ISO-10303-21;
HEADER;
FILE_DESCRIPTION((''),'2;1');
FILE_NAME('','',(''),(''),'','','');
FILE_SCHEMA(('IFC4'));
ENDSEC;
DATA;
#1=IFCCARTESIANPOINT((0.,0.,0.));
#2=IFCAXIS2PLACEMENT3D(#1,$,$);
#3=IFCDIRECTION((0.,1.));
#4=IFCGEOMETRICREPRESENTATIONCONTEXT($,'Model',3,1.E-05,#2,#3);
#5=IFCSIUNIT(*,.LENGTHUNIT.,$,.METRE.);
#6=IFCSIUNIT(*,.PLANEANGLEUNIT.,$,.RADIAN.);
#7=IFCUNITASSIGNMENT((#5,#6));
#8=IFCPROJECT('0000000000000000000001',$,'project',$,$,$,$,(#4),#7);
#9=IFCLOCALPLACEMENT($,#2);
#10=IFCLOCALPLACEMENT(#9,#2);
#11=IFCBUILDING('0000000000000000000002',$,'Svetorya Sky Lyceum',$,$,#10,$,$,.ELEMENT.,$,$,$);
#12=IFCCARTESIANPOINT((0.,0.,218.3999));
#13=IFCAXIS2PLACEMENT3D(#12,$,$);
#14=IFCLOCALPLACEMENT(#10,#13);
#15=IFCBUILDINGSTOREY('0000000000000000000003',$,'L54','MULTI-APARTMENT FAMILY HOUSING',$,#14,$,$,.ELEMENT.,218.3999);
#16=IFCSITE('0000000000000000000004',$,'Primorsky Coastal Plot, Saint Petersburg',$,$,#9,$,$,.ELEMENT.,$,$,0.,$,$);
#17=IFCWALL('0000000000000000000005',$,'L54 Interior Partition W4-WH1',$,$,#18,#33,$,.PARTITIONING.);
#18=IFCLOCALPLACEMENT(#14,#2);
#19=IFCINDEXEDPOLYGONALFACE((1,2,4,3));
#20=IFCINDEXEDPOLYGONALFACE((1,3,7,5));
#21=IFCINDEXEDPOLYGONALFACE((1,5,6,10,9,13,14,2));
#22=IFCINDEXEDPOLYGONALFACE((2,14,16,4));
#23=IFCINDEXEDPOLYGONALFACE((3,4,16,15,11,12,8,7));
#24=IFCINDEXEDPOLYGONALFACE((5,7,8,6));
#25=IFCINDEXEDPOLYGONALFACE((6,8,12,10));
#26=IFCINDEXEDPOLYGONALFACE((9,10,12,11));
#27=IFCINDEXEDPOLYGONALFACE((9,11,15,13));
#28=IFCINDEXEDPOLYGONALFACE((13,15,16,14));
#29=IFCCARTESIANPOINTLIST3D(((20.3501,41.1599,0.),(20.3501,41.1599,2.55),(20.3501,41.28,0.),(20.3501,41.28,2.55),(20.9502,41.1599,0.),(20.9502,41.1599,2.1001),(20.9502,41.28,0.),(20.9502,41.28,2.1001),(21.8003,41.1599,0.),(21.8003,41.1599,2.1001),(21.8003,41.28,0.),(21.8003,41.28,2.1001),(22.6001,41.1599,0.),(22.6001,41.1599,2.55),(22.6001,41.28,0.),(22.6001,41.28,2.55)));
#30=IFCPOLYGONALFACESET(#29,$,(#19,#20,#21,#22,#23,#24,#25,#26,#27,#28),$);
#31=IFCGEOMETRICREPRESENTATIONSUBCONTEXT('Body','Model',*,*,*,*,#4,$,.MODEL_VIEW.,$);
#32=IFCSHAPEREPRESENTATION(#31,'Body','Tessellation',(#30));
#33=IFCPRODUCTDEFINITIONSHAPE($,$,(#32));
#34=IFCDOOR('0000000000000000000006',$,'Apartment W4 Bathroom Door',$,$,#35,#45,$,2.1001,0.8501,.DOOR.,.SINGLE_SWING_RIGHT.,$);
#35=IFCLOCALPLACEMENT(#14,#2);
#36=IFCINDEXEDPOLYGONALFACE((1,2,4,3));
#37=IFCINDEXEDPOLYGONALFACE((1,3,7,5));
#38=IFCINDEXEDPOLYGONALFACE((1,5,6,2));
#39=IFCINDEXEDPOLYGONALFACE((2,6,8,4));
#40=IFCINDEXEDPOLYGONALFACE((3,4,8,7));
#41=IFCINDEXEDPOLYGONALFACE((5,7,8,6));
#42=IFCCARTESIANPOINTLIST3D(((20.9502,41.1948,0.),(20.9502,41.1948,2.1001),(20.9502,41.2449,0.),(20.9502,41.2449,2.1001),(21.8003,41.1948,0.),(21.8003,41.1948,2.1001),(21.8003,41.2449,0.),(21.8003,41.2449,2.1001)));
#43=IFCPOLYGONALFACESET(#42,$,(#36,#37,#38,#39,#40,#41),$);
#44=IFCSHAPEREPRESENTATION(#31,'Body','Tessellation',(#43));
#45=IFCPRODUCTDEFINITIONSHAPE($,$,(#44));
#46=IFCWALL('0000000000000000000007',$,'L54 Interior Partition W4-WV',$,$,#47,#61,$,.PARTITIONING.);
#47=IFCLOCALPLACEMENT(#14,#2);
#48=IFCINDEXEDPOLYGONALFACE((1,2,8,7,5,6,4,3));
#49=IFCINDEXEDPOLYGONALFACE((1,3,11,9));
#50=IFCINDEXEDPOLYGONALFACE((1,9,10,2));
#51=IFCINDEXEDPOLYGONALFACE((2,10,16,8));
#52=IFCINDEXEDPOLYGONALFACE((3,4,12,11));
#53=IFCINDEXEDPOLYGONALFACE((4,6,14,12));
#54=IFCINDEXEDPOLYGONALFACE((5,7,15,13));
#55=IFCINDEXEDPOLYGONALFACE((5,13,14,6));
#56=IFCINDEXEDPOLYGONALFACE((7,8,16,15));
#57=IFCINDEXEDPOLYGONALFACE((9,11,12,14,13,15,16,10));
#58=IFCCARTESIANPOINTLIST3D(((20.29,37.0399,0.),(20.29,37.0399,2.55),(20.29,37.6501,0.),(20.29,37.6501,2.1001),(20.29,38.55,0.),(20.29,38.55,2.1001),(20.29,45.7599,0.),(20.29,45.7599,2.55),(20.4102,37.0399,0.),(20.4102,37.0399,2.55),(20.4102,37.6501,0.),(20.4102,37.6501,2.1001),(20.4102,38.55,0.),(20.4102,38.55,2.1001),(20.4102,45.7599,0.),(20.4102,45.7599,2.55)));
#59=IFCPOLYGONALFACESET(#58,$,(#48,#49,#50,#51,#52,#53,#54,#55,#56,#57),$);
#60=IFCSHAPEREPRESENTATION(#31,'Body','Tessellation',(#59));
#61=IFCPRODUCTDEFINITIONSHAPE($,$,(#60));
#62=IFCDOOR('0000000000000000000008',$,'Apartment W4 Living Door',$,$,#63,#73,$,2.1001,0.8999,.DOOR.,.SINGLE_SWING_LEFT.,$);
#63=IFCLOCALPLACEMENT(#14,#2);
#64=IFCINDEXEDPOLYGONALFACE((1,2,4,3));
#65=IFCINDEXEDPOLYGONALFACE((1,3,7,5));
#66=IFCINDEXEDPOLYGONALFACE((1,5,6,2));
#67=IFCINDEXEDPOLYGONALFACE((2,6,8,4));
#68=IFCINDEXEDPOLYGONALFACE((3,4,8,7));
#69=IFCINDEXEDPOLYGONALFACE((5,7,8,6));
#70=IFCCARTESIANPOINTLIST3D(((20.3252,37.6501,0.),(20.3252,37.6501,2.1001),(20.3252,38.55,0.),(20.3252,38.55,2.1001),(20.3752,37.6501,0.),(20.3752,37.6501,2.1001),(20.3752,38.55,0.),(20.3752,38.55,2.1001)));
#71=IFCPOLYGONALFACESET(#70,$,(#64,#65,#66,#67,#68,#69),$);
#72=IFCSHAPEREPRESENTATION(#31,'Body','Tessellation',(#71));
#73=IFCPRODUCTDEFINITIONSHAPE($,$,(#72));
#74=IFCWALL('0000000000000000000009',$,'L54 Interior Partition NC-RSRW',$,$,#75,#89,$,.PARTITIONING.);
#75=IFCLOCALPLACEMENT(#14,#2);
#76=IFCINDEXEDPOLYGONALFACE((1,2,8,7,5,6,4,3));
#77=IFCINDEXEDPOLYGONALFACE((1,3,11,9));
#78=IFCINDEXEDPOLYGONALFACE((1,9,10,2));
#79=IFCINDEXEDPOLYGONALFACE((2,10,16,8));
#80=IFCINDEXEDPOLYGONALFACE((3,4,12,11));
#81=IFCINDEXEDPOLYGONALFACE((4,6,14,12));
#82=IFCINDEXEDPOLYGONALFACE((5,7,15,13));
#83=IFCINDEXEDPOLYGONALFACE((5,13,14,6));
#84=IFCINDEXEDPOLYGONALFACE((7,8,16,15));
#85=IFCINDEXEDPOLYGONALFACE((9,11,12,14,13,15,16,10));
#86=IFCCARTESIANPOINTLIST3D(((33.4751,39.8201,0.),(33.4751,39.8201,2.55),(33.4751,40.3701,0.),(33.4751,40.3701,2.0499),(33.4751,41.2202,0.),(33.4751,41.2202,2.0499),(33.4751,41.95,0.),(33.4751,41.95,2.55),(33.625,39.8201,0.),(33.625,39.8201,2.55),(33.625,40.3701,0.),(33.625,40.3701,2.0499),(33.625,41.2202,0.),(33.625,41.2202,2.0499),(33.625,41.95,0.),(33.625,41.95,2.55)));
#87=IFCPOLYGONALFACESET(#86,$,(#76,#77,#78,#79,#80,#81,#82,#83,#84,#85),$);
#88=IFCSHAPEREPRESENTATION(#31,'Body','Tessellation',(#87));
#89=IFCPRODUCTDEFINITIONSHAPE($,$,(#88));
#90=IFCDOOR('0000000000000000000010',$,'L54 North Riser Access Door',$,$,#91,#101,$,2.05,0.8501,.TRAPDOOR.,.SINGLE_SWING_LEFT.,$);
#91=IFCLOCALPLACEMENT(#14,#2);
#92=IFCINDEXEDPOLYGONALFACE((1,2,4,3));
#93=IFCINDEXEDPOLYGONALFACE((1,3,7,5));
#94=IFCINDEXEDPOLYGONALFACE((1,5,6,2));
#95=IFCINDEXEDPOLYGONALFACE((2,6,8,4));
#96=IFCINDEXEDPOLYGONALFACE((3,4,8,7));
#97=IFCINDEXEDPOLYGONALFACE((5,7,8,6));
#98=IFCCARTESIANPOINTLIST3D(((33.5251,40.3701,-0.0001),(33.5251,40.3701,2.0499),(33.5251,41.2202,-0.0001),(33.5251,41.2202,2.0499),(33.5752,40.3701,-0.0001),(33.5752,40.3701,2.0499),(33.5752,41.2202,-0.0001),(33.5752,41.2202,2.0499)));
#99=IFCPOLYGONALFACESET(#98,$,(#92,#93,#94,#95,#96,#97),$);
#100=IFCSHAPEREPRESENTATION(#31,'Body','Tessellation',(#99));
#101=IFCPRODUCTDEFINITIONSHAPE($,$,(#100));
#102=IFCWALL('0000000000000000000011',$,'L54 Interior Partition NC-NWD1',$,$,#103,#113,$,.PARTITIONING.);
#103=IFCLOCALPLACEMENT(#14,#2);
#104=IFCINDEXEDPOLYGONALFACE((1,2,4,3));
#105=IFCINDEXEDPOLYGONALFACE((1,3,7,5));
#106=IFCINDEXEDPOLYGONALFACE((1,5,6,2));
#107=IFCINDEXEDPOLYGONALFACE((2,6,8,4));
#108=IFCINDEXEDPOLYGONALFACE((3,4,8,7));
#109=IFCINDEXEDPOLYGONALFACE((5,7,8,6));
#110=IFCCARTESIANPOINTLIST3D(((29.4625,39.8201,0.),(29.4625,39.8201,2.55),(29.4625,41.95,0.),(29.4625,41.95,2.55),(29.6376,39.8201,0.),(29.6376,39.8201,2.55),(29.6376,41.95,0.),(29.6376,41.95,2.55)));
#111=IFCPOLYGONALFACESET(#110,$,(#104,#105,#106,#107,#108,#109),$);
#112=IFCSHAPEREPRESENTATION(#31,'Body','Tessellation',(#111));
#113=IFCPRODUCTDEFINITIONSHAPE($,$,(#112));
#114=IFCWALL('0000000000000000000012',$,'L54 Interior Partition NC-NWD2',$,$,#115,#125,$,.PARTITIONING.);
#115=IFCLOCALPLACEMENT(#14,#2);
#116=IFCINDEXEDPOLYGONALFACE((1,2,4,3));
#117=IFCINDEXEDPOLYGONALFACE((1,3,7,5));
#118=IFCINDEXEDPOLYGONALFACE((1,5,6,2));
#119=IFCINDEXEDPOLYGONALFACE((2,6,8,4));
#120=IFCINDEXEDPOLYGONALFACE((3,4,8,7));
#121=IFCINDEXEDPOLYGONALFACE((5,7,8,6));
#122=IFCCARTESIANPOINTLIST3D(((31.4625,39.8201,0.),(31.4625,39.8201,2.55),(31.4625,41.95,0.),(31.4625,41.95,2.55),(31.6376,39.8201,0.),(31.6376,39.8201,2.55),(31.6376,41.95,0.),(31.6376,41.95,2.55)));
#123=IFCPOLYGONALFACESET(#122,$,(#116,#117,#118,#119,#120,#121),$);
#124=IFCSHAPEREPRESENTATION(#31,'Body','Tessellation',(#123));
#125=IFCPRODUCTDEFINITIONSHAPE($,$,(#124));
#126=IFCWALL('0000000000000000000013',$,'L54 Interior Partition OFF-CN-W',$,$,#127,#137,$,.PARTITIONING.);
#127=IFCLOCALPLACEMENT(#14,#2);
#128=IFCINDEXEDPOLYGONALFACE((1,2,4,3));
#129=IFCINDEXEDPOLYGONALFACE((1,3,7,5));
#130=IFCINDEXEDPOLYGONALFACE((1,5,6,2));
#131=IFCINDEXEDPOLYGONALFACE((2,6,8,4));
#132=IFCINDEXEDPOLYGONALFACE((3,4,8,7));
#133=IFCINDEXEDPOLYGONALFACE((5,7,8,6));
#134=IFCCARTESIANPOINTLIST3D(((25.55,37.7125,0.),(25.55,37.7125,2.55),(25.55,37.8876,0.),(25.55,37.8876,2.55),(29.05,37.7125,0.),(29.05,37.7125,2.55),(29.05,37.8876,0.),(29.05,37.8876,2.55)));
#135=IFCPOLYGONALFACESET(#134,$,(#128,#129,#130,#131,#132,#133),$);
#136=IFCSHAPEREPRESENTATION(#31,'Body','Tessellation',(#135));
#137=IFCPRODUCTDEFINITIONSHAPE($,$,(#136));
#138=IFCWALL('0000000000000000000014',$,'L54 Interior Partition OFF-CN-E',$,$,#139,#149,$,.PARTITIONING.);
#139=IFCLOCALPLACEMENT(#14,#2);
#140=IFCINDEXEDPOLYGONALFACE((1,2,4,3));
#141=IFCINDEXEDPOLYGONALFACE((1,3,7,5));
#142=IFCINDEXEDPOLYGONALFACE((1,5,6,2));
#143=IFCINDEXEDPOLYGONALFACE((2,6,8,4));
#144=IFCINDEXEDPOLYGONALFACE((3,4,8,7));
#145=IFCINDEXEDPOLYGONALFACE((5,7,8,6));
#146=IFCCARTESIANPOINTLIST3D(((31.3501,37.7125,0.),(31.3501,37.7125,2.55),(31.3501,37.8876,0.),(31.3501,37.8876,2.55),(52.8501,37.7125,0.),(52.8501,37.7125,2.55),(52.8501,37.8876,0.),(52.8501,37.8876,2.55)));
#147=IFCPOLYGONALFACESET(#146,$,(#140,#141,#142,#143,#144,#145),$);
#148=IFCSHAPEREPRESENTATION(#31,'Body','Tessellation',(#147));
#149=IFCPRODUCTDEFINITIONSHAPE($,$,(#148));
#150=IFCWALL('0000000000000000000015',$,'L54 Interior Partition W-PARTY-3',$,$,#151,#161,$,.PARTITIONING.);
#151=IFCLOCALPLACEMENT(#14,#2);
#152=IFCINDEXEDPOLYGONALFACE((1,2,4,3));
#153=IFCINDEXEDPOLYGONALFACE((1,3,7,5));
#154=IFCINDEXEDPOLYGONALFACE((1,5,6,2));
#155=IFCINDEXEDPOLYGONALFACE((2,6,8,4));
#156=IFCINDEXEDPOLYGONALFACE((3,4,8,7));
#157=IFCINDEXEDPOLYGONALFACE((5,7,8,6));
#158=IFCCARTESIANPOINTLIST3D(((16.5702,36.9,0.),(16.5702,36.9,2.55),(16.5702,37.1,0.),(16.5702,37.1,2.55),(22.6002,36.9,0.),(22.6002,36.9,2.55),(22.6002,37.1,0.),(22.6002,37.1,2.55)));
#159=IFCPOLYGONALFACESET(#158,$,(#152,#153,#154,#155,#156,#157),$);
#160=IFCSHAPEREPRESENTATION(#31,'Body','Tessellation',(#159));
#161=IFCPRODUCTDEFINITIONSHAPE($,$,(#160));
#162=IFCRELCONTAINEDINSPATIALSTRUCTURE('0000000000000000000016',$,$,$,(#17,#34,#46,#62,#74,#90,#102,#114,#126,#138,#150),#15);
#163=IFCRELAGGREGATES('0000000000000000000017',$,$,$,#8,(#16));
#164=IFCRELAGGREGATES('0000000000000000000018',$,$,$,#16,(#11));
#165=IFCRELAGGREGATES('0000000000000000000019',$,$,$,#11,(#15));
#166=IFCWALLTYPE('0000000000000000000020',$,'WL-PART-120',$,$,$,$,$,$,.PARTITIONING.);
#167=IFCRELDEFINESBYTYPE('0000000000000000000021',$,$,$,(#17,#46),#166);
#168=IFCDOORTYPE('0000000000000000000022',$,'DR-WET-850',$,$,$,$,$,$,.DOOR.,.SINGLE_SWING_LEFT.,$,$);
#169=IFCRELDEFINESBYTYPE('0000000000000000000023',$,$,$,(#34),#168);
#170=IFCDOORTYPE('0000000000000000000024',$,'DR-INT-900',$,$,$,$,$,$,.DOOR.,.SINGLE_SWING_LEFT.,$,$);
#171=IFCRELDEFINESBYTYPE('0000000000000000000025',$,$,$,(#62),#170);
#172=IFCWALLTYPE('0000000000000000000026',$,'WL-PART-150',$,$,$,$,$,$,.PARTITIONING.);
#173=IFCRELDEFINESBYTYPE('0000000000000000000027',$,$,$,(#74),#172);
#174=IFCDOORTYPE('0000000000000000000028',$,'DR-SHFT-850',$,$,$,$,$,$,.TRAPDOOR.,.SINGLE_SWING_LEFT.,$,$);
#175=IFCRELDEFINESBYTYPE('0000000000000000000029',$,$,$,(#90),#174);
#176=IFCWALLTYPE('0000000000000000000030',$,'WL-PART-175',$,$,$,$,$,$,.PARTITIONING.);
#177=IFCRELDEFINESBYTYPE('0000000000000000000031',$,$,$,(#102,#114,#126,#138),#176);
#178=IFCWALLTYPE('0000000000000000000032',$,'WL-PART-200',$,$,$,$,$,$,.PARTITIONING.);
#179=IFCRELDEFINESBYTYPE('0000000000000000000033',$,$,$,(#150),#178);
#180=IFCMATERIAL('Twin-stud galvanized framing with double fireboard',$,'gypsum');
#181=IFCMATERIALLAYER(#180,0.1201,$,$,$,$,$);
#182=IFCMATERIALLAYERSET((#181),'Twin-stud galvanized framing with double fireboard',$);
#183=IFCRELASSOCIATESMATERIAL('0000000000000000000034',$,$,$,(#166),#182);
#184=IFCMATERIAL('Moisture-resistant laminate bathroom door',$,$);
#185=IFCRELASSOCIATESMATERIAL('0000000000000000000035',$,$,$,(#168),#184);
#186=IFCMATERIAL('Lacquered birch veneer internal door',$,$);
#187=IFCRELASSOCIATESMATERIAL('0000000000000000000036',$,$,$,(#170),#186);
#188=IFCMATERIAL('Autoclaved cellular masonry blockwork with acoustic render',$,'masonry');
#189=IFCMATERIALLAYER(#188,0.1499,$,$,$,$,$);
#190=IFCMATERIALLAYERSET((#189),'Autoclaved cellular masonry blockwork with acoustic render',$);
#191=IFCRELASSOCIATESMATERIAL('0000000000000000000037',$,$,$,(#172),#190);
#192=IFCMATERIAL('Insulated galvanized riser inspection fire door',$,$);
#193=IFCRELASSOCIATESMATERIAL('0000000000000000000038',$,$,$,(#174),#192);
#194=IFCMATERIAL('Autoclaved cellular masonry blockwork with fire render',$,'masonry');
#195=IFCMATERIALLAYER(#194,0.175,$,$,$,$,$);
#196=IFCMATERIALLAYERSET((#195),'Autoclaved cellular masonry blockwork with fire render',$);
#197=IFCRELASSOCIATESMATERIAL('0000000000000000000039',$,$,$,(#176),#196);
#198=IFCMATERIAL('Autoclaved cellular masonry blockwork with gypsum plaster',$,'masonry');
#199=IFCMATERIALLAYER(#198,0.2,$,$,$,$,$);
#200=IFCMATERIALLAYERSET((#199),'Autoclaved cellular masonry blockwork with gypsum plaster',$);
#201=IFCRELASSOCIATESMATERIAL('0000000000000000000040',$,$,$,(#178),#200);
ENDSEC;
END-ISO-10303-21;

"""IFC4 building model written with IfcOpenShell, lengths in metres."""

from ifc_helpers import new_model, si_unit, direction, frame, frame_2d, origin, place, context, subcontext, project, spatial, rectangle, extrude, material, layer, layer_set, type_object, element, fill, save


model = new_model("IFC4")

# Units and contexts
model_context = context("Model", 3, precision=1e-05, world=origin(), true_north=direction((0.0, 1.0)))
body_context = subcontext(model_context, "Body", "Model", "MODEL_VIEW")
ifc_project = project(units=[si_unit("LENGTHUNIT", "METRE"), si_unit("PLANEANGLEUNIT", "RADIAN")], contexts=[model_context])

# Site, building, storey
site_placement = place(None, origin())
site = spatial("IfcSite", under=ifc_project, at=site_placement, Name="Primorsky Coastal Plot, Saint Petersburg", CompositionType="ELEMENT", RefElevation=0.0)
building_placement = place(site_placement, origin())
building = spatial("IfcBuilding", under=site, at=building_placement, Name="Svetorya Sky Lyceum", CompositionType="ELEMENT")
storey_placement = place(building_placement, frame((0.0, 0.0, 218.3999)))
storey = spatial("IfcBuildingStorey", under=building, at=storey_placement, Name="L54", Description="MULTI-APARTMENT FAMILY HOUSING", CompositionType="ELEMENT", Elevation=218.3999)

# Walls, openings, doors
ifc_material_1 = material(Name="Twin-stud galvanized framing with double fireboard", Category="gypsum")
ifc_layer_1 = layer(ifc_material_1, 0.1201)
ifc_layer_set_1 = layer_set([ifc_layer_1], Name="Twin-stud galvanized framing with double fireboard")
wall_type_1 = type_object("IfcWallType", Name="WL-PART-120", PredefinedType="PARTITIONING", material=ifc_layer_set_1)
wall_1_placement = place(storey_placement, frame((20.3501, 41.22, 0.0), z_axis=(0.0, 0.0, 1.0), x_axis=(1.0, 0.0, 0.0)))
wall_1 = element("IfcWall", 1, at=wall_1_placement, inside=storey, type_object=wall_type_1, Name="L54 Interior Partition W4-WH1", PredefinedType="PARTITIONING", context=body_context, shape_type="SweptSolid", body=[
    extrude(rectangle(XDim=2.25, YDim=0.1201, at=frame_2d((1.125, 0.0))), origin(), (0.0, 0.0, 1.0), 2.55),
])
opening_1_placement = place(wall_1_placement, frame((0.6001, 0.0, 0.0)))
opening_1 = element("IfcOpeningElement", 2, at=opening_1_placement, cuts=wall_1, PredefinedType="OPENING", context=body_context, shape_type="SweptSolid", body=[
    extrude(rectangle(XDim=0.8501, YDim=2.1001, at=frame_2d((0.425, 1.05))), frame((0.0, 0.0701, 0.0), z_axis=(0.0, -1.0, 0.0), x_axis=(1.0, 0.0, 0.0)), (0.0, 0.0, 1.0), 0.1401),
])
ifc_material_2 = material(Name="Moisture-resistant laminate bathroom door")
door_type_1 = type_object("IfcDoorType", Name="DR-WET-850", OperationType="SINGLE_SWING_LEFT", PredefinedType="DOOR", material=ifc_material_2)
door_1_placement = place(opening_1_placement, origin())
door_1 = element("IfcDoor", 3, at=door_1_placement, inside=storey, type_object=door_type_1, Name="Apartment W4 Bathroom Door", OperationType="SINGLE_SWING_RIGHT", OverallHeight=2.1001, OverallWidth=0.8501, PredefinedType="DOOR", context=body_context, shape_type="SweptSolid", body=[
    extrude(rectangle(XDim=0.8501, YDim=2.1001, at=frame_2d((0.425, 1.05))), frame((0.0, 0.0249, 0.0), z_axis=(0.0, -1.0, 0.0), x_axis=(1.0, 0.0, 0.0)), (0.0, 0.0, 1.0), 0.05),
])
fill(opening_1, door_1)
wall_2_placement = place(storey_placement, frame((20.3501, 37.04, 0.0), z_axis=(0.0, 0.0, 1.0), x_axis=(0.0, 1.0, 0.0)))
wall_2 = element("IfcWall", 4, at=wall_2_placement, inside=storey, type_object=wall_type_1, Name="L54 Interior Partition W4-WV", PredefinedType="PARTITIONING", context=body_context, shape_type="SweptSolid", body=[
    extrude(rectangle(XDim=8.72, YDim=0.1201, at=frame_2d((4.3599, 0.0))), origin(), (0.0, 0.0, 1.0), 2.55),
])
opening_2_placement = place(wall_2_placement, frame((0.6101, 0.0, 0.0)))
opening_2 = element("IfcOpeningElement", 5, at=opening_2_placement, cuts=wall_2, PredefinedType="OPENING", context=body_context, shape_type="SweptSolid", body=[
    extrude(rectangle(XDim=0.8999, YDim=2.1001, at=frame_2d((0.45, 1.05))), frame((0.0, 0.0701, 0.0), z_axis=(0.0, -1.0, 0.0), x_axis=(1.0, 0.0, 0.0)), (0.0, 0.0, 1.0), 0.1401),
])
ifc_material_3 = material(Name="Lacquered birch veneer internal door")
door_type_2 = type_object("IfcDoorType", Name="DR-INT-900", OperationType="SINGLE_SWING_LEFT", PredefinedType="DOOR", material=ifc_material_3)
door_2_placement = place(opening_2_placement, origin())
door_2 = element("IfcDoor", 6, at=door_2_placement, inside=storey, type_object=door_type_2, Name="Apartment W4 Living Door", OperationType="SINGLE_SWING_LEFT", OverallHeight=2.1001, OverallWidth=0.8999, PredefinedType="DOOR", context=body_context, shape_type="SweptSolid", body=[
    extrude(rectangle(XDim=0.8999, YDim=2.1001, at=frame_2d((0.45, 1.05))), frame((0.0, 0.0249, 0.0), z_axis=(0.0, -1.0, 0.0), x_axis=(1.0, 0.0, 0.0)), (0.0, 0.0, 1.0), 0.05),
])
fill(opening_2, door_2)
ifc_material_4 = material(Name="Autoclaved cellular masonry blockwork with acoustic render", Category="masonry")
ifc_layer_2 = layer(ifc_material_4, 0.1499)
ifc_layer_set_2 = layer_set([ifc_layer_2], Name="Autoclaved cellular masonry blockwork with acoustic render")
wall_type_2 = type_object("IfcWallType", Name="WL-PART-150", PredefinedType="PARTITIONING", material=ifc_layer_set_2)
wall_3_placement = place(storey_placement, frame((33.55, 39.8201, 0.0), z_axis=(0.0, 0.0, 1.0), x_axis=(0.0, 1.0, 0.0)))
wall_3 = element("IfcWall", 7, at=wall_3_placement, inside=storey, type_object=wall_type_2, Name="L54 Interior Partition NC-RSRW", PredefinedType="PARTITIONING", context=body_context, shape_type="SweptSolid", body=[
    extrude(rectangle(XDim=2.1299, YDim=0.1499, at=frame_2d((1.0649, 0.0))), origin(), (0.0, 0.0, 1.0), 2.55),
])
opening_3_placement = place(wall_3_placement, frame((0.55, 0.0, 0.0)))
opening_3 = element("IfcOpeningElement", 8, at=opening_3_placement, cuts=wall_3, PredefinedType="OPENING", context=body_context, shape_type="SweptSolid", body=[
    extrude(rectangle(XDim=0.8501, YDim=2.05, at=frame_2d((0.425, 1.0249))), frame((0.0, 0.085, 0.0), z_axis=(0.0, -1.0, 0.0), x_axis=(1.0, 0.0, 0.0)), (0.0, 0.0, 1.0), 0.1699),
])
ifc_material_5 = material(Name="Insulated galvanized riser inspection fire door")
door_type_3 = type_object("IfcDoorType", Name="DR-SHFT-850", OperationType="SINGLE_SWING_LEFT", PredefinedType="TRAPDOOR", material=ifc_material_5)
door_3_placement = place(opening_3_placement, origin())
door_3 = element("IfcDoor", 9, at=door_3_placement, inside=storey, type_object=door_type_3, Name="L54 North Riser Access Door", OperationType="SINGLE_SWING_LEFT", OverallHeight=2.05, OverallWidth=0.8501, PredefinedType="TRAPDOOR", context=body_context, shape_type="SweptSolid", body=[
    extrude(rectangle(XDim=0.8501, YDim=2.05, at=frame_2d((0.425, 1.0249))), frame((0.0, 0.0249, 0.0), z_axis=(0.0, -1.0, 0.0), x_axis=(1.0, 0.0, 0.0)), (0.0, 0.0, 1.0), 0.05),
])
fill(opening_3, door_3)

# Walls
ifc_material_6 = material(Name="Autoclaved cellular masonry blockwork with fire render", Category="masonry")
ifc_layer_3 = layer(ifc_material_6, 0.175)
ifc_layer_set_3 = layer_set([ifc_layer_3], Name="Autoclaved cellular masonry blockwork with fire render")
wall_type_3 = type_object("IfcWallType", Name="WL-PART-175", PredefinedType="PARTITIONING", material=ifc_layer_set_3)
for number, where, z_axis, x_axis, name in (
    (10, (29.55, 39.8201, 0.0), (0.0, 0.0, 1.0), (0.0, 1.0, 0.0), "L54 Interior Partition NC-NWD1"),
    (11, (31.55, 39.8201, 0.0), (0.0, 0.0, 1.0), (0.0, 1.0, 0.0), "L54 Interior Partition NC-NWD2"),
):
    element("IfcWall", number, at=place(storey_placement, frame(where, z_axis=z_axis, x_axis=x_axis)), inside=storey, type_object=wall_type_3, Name=name, PredefinedType="PARTITIONING", context=body_context, shape_type="SweptSolid", body=[
        extrude(rectangle(XDim=2.1299, YDim=0.175, at=frame_2d((1.0649, 0.0))), origin(), (0.0, 0.0, 1.0), 2.55),
    ])
wall_4_placement = place(storey_placement, frame((25.55, 37.8, 0.0), z_axis=(0.0, 0.0, 1.0), x_axis=(1.0, 0.0, 0.0)))
element("IfcWall", 12, at=wall_4_placement, inside=storey, type_object=wall_type_3, Name="L54 Interior Partition OFF-CN-W", PredefinedType="PARTITIONING", context=body_context, shape_type="SweptSolid", body=[
    extrude(rectangle(XDim=3.5, YDim=0.175, at=frame_2d((1.75, 0.0))), origin(), (0.0, 0.0, 1.0), 2.55),
])
wall_5_placement = place(storey_placement, frame((31.3501, 37.8, 0.0), z_axis=(0.0, 0.0, 1.0), x_axis=(1.0, 0.0, 0.0)))
element("IfcWall", 13, at=wall_5_placement, inside=storey, type_object=wall_type_3, Name="L54 Interior Partition OFF-CN-E", PredefinedType="PARTITIONING", context=body_context, shape_type="SweptSolid", body=[
    extrude(rectangle(XDim=21.5, YDim=0.175, at=frame_2d((10.75, 0.0))), origin(), (0.0, 0.0, 1.0), 2.55),
])
ifc_material_7 = material(Name="Autoclaved cellular masonry blockwork with gypsum plaster", Category="masonry")
ifc_layer_4 = layer(ifc_material_7, 0.2)
ifc_layer_set_4 = layer_set([ifc_layer_4], Name="Autoclaved cellular masonry blockwork with gypsum plaster")
wall_type_4 = type_object("IfcWallType", Name="WL-PART-200", PredefinedType="PARTITIONING", material=ifc_layer_set_4)
wall_6_placement = place(storey_placement, frame((16.5701, 37.0, 0.0), z_axis=(0.0, 0.0, 1.0), x_axis=(1.0, 0.0, 0.0)))
element("IfcWall", 14, at=wall_6_placement, inside=storey, type_object=wall_type_4, Name="L54 Interior Partition W-PARTY-3", PredefinedType="PARTITIONING", context=body_context, shape_type="SweptSolid", body=[
    extrude(rectangle(XDim=6.03, YDim=0.2, at=frame_2d((3.0151, 0.0))), origin(), (0.0, 0.0, 1.0), 2.55),
])

save(model, "model.ifc")
